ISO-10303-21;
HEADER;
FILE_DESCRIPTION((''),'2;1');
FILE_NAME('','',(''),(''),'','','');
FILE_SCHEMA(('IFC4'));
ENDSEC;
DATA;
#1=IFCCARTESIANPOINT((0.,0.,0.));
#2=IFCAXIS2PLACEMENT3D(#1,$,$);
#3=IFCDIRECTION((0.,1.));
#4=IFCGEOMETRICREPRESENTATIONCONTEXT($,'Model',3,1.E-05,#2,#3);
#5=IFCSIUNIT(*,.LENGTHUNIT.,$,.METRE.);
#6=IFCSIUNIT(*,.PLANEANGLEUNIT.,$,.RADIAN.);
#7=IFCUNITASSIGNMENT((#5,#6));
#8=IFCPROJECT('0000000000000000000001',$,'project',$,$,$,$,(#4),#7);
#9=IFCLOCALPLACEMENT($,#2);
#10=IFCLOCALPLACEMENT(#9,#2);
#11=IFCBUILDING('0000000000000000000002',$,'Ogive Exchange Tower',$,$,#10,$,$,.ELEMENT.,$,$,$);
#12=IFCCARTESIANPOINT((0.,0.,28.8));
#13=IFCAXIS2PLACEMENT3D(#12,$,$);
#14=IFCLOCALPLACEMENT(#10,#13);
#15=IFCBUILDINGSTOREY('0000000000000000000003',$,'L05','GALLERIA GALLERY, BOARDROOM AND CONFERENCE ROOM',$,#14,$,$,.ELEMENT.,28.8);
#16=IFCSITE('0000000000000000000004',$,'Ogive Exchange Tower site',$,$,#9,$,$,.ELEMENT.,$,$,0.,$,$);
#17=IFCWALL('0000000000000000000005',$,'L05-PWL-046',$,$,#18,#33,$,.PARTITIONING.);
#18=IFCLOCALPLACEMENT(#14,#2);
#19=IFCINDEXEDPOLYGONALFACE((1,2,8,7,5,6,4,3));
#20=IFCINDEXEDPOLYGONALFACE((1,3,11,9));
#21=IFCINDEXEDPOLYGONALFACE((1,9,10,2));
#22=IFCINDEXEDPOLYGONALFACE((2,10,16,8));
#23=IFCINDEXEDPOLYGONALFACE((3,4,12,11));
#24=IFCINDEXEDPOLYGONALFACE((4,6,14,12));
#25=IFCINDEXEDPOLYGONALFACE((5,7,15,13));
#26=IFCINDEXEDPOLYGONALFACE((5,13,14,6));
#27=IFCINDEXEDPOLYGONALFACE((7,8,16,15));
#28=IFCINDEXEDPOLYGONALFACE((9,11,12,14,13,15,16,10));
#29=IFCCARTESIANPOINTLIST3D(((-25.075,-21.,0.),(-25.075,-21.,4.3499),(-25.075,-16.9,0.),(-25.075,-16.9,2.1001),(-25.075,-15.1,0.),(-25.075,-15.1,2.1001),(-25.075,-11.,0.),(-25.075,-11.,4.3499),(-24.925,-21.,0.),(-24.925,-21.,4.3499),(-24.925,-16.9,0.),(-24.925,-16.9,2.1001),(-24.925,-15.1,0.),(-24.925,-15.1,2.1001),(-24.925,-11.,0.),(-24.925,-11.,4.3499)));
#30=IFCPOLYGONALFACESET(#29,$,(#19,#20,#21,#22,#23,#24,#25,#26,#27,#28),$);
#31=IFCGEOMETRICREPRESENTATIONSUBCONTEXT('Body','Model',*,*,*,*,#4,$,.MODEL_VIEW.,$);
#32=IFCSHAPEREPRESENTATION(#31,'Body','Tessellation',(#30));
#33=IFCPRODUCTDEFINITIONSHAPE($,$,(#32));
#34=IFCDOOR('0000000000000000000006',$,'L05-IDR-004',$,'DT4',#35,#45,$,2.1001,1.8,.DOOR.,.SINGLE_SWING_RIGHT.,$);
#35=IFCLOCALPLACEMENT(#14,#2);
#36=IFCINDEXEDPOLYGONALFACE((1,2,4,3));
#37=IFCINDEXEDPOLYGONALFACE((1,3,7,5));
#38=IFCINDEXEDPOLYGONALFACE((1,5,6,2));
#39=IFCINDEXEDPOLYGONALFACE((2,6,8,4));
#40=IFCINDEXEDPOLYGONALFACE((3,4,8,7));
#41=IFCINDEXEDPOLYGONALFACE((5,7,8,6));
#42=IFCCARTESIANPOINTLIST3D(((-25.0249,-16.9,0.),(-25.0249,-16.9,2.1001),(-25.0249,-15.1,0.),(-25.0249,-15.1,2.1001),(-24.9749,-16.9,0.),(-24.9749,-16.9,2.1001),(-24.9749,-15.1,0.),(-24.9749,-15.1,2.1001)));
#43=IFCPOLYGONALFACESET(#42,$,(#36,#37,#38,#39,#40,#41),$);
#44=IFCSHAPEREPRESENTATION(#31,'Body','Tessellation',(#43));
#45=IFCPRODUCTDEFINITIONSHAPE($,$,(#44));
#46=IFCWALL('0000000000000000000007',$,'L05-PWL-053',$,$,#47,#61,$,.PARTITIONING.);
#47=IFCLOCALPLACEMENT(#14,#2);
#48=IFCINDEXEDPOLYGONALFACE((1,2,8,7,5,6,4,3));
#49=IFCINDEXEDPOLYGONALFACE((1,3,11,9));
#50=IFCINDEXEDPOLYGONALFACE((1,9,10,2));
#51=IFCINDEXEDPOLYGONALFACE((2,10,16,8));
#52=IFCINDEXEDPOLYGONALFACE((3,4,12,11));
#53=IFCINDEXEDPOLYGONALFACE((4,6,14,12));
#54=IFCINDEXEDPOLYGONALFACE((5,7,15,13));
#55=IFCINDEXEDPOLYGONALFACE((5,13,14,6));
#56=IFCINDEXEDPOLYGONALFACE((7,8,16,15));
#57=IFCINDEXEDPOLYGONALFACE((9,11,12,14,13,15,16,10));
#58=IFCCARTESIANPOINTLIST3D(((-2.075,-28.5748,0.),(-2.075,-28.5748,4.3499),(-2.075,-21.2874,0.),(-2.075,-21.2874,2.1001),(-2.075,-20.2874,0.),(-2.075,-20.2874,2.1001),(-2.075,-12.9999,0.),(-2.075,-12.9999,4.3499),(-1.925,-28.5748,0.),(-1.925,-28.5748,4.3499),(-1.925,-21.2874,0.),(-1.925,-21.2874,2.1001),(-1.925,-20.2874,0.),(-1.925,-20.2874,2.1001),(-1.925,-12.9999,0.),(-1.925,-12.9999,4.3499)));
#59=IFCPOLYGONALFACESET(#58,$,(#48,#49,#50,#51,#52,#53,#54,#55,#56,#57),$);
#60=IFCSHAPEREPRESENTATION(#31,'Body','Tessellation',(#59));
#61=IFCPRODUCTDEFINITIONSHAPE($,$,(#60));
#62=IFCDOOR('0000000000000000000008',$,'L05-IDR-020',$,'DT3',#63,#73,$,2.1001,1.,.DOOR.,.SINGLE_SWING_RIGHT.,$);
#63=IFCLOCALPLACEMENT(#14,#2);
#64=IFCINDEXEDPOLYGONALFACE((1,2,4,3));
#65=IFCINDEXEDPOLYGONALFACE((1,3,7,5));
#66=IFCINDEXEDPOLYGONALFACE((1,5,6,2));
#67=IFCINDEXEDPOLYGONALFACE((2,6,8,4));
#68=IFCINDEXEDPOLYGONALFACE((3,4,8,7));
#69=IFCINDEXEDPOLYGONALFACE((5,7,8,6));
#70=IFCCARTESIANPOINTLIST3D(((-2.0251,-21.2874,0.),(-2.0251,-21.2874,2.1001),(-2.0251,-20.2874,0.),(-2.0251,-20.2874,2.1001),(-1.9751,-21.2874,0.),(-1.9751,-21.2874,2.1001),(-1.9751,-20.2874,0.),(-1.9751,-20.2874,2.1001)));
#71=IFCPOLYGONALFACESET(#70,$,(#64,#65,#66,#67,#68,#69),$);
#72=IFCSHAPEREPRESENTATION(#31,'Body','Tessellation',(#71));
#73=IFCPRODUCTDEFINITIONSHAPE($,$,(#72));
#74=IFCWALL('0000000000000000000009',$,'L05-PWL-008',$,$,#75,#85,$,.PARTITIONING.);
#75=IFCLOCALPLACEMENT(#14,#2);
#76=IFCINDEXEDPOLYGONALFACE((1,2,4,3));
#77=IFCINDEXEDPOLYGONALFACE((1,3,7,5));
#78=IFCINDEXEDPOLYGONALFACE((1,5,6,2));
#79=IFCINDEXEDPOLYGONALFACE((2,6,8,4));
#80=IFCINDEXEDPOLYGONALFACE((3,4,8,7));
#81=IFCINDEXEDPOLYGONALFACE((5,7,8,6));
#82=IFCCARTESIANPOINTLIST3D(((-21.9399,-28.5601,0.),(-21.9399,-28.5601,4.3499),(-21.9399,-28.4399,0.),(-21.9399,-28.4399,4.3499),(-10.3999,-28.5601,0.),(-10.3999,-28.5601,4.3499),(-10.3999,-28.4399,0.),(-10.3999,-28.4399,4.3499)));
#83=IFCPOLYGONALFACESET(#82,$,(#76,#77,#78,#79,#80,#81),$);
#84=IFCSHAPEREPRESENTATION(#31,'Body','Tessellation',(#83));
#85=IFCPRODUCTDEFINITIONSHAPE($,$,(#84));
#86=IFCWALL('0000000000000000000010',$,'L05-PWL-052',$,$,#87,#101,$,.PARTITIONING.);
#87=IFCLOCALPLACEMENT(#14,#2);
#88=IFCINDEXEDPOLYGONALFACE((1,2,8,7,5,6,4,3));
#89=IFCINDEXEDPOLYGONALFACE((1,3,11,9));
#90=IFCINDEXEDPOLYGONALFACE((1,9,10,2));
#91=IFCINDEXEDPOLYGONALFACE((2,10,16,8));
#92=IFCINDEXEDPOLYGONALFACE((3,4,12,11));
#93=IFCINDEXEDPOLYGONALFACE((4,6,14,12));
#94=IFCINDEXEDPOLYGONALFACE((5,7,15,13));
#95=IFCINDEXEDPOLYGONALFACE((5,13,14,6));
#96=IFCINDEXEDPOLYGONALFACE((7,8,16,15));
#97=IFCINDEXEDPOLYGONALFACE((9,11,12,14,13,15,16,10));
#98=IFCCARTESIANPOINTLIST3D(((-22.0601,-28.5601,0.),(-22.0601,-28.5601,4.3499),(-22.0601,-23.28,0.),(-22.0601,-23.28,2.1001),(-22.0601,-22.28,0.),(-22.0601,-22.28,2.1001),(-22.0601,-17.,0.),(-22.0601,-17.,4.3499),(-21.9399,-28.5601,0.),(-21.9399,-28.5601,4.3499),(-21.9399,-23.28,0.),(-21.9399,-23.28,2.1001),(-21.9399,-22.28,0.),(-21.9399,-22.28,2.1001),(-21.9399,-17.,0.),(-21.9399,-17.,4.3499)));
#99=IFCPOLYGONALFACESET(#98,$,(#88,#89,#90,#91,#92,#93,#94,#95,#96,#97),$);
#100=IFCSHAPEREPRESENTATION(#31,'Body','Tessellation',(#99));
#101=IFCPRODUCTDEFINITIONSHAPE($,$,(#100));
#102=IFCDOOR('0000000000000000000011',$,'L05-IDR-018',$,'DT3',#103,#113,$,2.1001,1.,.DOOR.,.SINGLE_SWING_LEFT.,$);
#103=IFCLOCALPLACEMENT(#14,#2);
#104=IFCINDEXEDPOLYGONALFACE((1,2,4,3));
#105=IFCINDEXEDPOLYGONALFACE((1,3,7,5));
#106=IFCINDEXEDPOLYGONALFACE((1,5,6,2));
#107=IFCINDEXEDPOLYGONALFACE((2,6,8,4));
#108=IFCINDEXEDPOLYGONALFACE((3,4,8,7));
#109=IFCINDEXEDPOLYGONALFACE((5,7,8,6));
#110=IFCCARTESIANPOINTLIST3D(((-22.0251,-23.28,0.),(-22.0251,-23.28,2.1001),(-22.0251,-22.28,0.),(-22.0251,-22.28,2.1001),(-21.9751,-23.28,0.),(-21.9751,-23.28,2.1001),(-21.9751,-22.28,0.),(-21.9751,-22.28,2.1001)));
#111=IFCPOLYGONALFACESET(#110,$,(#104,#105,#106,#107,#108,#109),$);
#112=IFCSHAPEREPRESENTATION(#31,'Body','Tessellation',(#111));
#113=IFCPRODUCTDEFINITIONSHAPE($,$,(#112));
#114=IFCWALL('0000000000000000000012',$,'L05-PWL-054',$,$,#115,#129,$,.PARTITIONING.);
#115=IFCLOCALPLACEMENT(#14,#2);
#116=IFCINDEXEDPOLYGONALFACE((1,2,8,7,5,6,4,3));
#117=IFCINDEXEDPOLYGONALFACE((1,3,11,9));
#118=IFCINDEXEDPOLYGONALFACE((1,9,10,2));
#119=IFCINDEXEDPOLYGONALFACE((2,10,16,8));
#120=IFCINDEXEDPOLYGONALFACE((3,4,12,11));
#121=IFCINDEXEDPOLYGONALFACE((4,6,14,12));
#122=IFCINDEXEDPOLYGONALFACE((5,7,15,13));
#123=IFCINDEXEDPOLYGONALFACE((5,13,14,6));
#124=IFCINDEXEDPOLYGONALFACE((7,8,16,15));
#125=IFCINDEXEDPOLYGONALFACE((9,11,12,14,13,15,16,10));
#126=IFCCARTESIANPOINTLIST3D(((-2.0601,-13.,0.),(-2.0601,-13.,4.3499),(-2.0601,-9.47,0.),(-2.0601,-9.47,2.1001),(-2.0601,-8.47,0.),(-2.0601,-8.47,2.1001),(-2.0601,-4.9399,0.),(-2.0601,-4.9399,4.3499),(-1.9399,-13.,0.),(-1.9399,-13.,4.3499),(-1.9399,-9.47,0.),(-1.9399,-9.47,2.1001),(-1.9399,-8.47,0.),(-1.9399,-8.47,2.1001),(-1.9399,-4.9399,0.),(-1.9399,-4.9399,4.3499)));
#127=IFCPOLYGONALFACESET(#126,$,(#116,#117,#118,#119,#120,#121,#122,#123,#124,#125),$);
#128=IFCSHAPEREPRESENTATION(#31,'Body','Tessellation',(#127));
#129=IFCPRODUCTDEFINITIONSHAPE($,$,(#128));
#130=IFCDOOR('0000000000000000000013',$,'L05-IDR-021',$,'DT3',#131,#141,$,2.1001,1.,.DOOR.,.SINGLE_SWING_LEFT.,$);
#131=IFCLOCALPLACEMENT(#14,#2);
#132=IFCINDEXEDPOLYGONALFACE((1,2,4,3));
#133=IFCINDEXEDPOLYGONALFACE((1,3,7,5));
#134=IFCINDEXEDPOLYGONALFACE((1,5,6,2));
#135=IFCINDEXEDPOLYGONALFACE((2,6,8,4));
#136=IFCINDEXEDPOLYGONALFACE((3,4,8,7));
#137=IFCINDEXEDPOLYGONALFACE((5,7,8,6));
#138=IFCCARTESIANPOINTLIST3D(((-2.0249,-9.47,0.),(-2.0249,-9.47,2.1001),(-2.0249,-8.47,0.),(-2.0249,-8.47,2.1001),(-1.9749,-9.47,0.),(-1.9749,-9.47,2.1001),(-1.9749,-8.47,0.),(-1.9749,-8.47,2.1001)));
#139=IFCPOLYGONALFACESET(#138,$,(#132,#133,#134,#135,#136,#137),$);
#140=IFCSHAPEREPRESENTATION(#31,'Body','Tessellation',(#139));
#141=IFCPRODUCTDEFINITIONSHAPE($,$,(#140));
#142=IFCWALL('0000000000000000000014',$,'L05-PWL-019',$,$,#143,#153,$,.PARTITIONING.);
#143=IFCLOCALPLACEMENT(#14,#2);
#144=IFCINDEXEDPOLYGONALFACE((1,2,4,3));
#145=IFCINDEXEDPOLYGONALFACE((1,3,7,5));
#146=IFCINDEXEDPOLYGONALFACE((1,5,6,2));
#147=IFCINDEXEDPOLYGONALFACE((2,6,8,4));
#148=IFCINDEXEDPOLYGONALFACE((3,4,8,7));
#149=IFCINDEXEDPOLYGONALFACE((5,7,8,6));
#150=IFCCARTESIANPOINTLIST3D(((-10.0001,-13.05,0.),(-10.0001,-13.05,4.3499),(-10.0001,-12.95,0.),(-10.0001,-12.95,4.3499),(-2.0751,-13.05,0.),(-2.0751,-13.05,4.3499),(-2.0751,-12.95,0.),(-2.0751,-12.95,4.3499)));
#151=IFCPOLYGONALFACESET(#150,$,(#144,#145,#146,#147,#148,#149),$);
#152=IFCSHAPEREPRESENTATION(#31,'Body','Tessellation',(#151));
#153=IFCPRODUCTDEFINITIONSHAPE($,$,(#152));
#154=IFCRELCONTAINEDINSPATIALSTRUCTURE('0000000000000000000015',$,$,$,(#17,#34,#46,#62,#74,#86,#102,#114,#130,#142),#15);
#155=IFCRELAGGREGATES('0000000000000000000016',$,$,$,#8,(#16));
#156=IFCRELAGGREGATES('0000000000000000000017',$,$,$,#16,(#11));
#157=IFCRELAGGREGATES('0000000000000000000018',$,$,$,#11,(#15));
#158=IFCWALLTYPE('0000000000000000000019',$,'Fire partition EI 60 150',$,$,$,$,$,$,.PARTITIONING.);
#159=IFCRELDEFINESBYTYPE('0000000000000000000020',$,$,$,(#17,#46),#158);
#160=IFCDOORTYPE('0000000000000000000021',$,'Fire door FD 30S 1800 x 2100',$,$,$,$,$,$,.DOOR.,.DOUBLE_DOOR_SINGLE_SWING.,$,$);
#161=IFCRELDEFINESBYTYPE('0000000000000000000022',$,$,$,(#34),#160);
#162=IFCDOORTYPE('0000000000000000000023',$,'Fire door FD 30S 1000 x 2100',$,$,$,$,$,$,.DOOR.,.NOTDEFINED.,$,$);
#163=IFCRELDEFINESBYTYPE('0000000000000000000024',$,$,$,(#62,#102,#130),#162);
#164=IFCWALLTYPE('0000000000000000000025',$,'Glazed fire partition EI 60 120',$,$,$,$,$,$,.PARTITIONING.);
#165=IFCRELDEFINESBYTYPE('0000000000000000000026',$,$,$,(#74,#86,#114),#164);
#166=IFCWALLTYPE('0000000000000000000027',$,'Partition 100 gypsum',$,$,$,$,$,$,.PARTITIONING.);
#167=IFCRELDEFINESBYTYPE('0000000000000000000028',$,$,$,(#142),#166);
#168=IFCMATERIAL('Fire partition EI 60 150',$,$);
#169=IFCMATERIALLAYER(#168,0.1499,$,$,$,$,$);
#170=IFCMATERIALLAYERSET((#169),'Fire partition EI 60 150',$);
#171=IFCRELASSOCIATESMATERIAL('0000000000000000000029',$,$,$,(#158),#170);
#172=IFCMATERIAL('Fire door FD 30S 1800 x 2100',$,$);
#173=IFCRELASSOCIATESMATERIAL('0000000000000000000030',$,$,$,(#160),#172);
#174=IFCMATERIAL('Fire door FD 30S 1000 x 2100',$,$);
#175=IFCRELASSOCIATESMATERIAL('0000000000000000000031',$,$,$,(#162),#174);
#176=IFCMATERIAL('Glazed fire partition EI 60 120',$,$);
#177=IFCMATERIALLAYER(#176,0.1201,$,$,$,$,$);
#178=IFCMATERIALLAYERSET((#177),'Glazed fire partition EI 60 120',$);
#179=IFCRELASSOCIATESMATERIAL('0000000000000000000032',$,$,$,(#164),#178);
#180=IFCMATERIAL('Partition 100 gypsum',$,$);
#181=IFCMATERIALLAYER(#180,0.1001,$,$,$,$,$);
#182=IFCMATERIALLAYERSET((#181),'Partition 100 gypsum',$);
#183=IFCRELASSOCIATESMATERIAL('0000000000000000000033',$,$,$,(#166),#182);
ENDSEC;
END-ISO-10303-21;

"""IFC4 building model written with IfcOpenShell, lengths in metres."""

from ifc_helpers import new_model, si_unit, direction, frame, frame_2d, origin, place, context, subcontext, project, spatial, rectangle, extrude, material, layer, layer_set, type_object, element, fill, save


model = new_model("IFC4")

# Units and contexts
model_context = context("Model", 3, precision=1e-05, world=origin(), true_north=direction((0.0, 1.0)))
body_context = subcontext(model_context, "Body", "Model", "MODEL_VIEW")
ifc_project = project(units=[si_unit("LENGTHUNIT", "METRE"), si_unit("PLANEANGLEUNIT", "RADIAN")], contexts=[model_context])

# Site, building, storey
site_placement = place(None, origin())
site = spatial("IfcSite", under=ifc_project, at=site_placement, Name="Ogive Exchange Tower site", CompositionType="ELEMENT", RefElevation=0.0)
building_placement = place(site_placement, origin())
building = spatial("IfcBuilding", under=site, at=building_placement, Name="Ogive Exchange Tower", CompositionType="ELEMENT")
storey_placement = place(building_placement, frame((0.0, 0.0, 28.8)))
storey = spatial("IfcBuildingStorey", under=building, at=storey_placement, Name="L05", Description="GALLERIA GALLERY, BOARDROOM AND CONFERENCE ROOM", CompositionType="ELEMENT", Elevation=28.8)

# Shared definitions
ifc_material_1 = material(Name="Fire partition EI 60 150")
ifc_layer_1 = layer(ifc_material_1, 0.1499)
ifc_layer_set_1 = layer_set([ifc_layer_1], Name="Fire partition EI 60 150")
wall_type_1 = type_object("IfcWallType", Name="Fire partition EI 60 150", PredefinedType="PARTITIONING", material=ifc_layer_set_1)

# Walls, openings, doors
wall_1_placement = place(storey_placement, frame((-25.0, -21.0, 0.0), z_axis=(0.0, 0.0, 1.0), x_axis=(0.0, 1.0, 0.0)))
wall_1 = element("IfcWall", 1, at=wall_1_placement, inside=storey, type_object=wall_type_1, Name="L05-PWL-046", PredefinedType="PARTITIONING", context=body_context, shape_type="SweptSolid", body=[
    extrude(rectangle(XDim=10.0, YDim=0.1499, at=frame_2d((5.0, 0.0))), origin(), (0.0, 0.0, 1.0), 4.3499),
])
opening_1_placement = place(wall_1_placement, frame((4.1001, 0.0, 0.0)))
opening_1 = element("IfcOpeningElement", 2, at=opening_1_placement, cuts=wall_1, PredefinedType="OPENING", context=body_context, shape_type="SweptSolid", body=[
    extrude(rectangle(XDim=1.8, YDim=2.1001, at=frame_2d((0.8999, 1.05))), frame((0.0, 0.085, 0.0), z_axis=(0.0, -1.0, 0.0), x_axis=(1.0, 0.0, 0.0)), (0.0, 0.0, 1.0), 0.1699),
])
ifc_material_2 = material(Name="Fire door FD 30S 1800 x 2100")
door_type_1 = type_object("IfcDoorType", Name="Fire door FD 30S 1800 x 2100", OperationType="DOUBLE_DOOR_SINGLE_SWING", PredefinedType="DOOR", material=ifc_material_2)
door_1_placement = place(opening_1_placement, origin())
door_1 = element("IfcDoor", 3, at=door_1_placement, inside=storey, type_object=door_type_1, Name="L05-IDR-004", ObjectType="DT4", OperationType="SINGLE_SWING_RIGHT", OverallHeight=2.1001, OverallWidth=1.8, PredefinedType="DOOR", context=body_context, shape_type="SweptSolid", body=[
    extrude(rectangle(XDim=1.8, YDim=2.1001, at=frame_2d((0.8999, 1.05))), frame((0.0, 0.0249, 0.0), z_axis=(0.0, -1.0, 0.0), x_axis=(1.0, 0.0, 0.0)), (0.0, 0.0, 1.0), 0.05),
])
fill(opening_1, door_1)
wall_2_placement = place(storey_placement, frame((-2.0, -28.575, 0.0), z_axis=(0.0, 0.0, 1.0), x_axis=(0.0, 1.0, 0.0)))
wall_2 = element("IfcWall", 4, at=wall_2_placement, inside=storey, type_object=wall_type_1, Name="L05-PWL-053", PredefinedType="PARTITIONING", context=body_context, shape_type="SweptSolid", body=[
    extrude(rectangle(XDim=15.575, YDim=0.1499, at=frame_2d((7.7876, 0.0))), origin(), (0.0, 0.0, 1.0), 4.3499),
])
opening_2_placement = place(wall_2_placement, frame((7.2876, 0.0, 0.0)))
opening_2 = element("IfcOpeningElement", 5, at=opening_2_placement, cuts=wall_2, PredefinedType="OPENING", context=body_context, shape_type="SweptSolid", body=[
    extrude(rectangle(XDim=1.0, YDim=2.1001, at=frame_2d((0.5, 1.05))), frame((0.0, 0.085, 0.0), z_axis=(0.0, -1.0, 0.0), x_axis=(1.0, 0.0, 0.0)), (0.0, 0.0, 1.0), 0.1699),
])
ifc_material_3 = material(Name="Fire door FD 30S 1000 x 2100")
door_type_2 = type_object("IfcDoorType", Name="Fire door FD 30S 1000 x 2100", OperationType="NOTDEFINED", PredefinedType="DOOR", material=ifc_material_3)
door_2_placement = place(opening_2_placement, frame((1.0, 0.0, 0.0), z_axis=(0.0, 0.0, 1.0), x_axis=(-1.0, 0.0, 0.0)))
door_2 = element("IfcDoor", 6, at=door_2_placement, inside=storey, type_object=door_type_2, Name="L05-IDR-020", ObjectType="DT3", OperationType="SINGLE_SWING_RIGHT", OverallHeight=2.1001, OverallWidth=1.0, PredefinedType="DOOR", context=body_context, shape_type="SweptSolid", body=[
    extrude(rectangle(XDim=1.0, YDim=2.1001, at=frame_2d((0.5, 1.05))), frame((0.0, 0.0249, 0.0), z_axis=(0.0, -1.0, 0.0), x_axis=(1.0, 0.0, 0.0)), (0.0, 0.0, 1.0), 0.05),
])
fill(opening_2, door_2)

# Wall
ifc_material_4 = material(Name="Glazed fire partition EI 60 120")
ifc_layer_2 = layer(ifc_material_4, 0.1201)
ifc_layer_set_2 = layer_set([ifc_layer_2], Name="Glazed fire partition EI 60 120")
wall_type_2 = type_object("IfcWallType", Name="Glazed fire partition EI 60 120", PredefinedType="PARTITIONING", material=ifc_layer_set_2)
wall_3_placement = place(storey_placement, frame((-21.9399, -28.5, 0.0), z_axis=(0.0, 0.0, 1.0), x_axis=(1.0, 0.0, 0.0)))
element("IfcWall", 7, at=wall_3_placement, inside=storey, type_object=wall_type_2, Name="L05-PWL-008", PredefinedType="PARTITIONING", context=body_context, shape_type="SweptSolid", body=[
    extrude(rectangle(XDim=11.54, YDim=0.1201, at=frame_2d((5.77, 0.0))), origin(), (0.0, 0.0, 1.0), 4.3499),
])

# Walls, openings, doors
wall_4_placement = place(storey_placement, frame((-22.0, -28.5601, 0.0), z_axis=(0.0, 0.0, 1.0), x_axis=(0.0, 1.0, 0.0)))
wall_4 = element("IfcWall", 8, at=wall_4_placement, inside=storey, type_object=wall_type_2, Name="L05-PWL-052", PredefinedType="PARTITIONING", context=body_context, shape_type="SweptSolid", body=[
    extrude(rectangle(XDim=11.5601, YDim=0.1201, at=frame_2d((5.78, 0.0))), origin(), (0.0, 0.0, 1.0), 4.3499),
])
opening_3_placement = place(wall_4_placement, frame((5.28, 0.0, 0.0)))
opening_3 = element("IfcOpeningElement", 9, at=opening_3_placement, cuts=wall_4, PredefinedType="OPENING", context=body_context, shape_type="SweptSolid", body=[
    extrude(rectangle(XDim=1.0, YDim=2.1001, at=frame_2d((0.5, 1.05))), frame((0.0, 0.0701, 0.0), z_axis=(0.0, -1.0, 0.0), x_axis=(1.0, 0.0, 0.0)), (0.0, 0.0, 1.0), 0.1401),
])
door_3_placement = place(opening_3_placement, frame((1.0, 0.0, 0.0), z_axis=(0.0, 0.0, 1.0), x_axis=(-1.0, 0.0, 0.0)))
door_3 = element("IfcDoor", 10, at=door_3_placement, inside=storey, type_object=door_type_2, Name="L05-IDR-018", ObjectType="DT3", OperationType="SINGLE_SWING_LEFT", OverallHeight=2.1001, OverallWidth=1.0, PredefinedType="DOOR", context=body_context, shape_type="SweptSolid", body=[
    extrude(rectangle(XDim=1.0, YDim=2.1001, at=frame_2d((0.5, 1.05))), frame((0.0, 0.0249, 0.0), z_axis=(0.0, -1.0, 0.0), x_axis=(1.0, 0.0, 0.0)), (0.0, 0.0, 1.0), 0.05),
])
fill(opening_3, door_3)
wall_5_placement = place(storey_placement, frame((-2.0, -13.0, 0.0), z_axis=(0.0, 0.0, 1.0), x_axis=(0.0, 1.0, 0.0)))
wall_5 = element("IfcWall", 11, at=wall_5_placement, inside=storey, type_object=wall_type_2, Name="L05-PWL-054", PredefinedType="PARTITIONING", context=body_context, shape_type="SweptSolid", body=[
    extrude(rectangle(XDim=8.0601, YDim=0.1201, at=frame_2d((4.03, 0.0))), origin(), (0.0, 0.0, 1.0), 4.3499),
])
opening_4_placement = place(wall_5_placement, frame((3.53, 0.0, 0.0)))
opening_4 = element("IfcOpeningElement", 12, at=opening_4_placement, cuts=wall_5, PredefinedType="OPENING", context=body_context, shape_type="SweptSolid", body=[
    extrude(rectangle(XDim=1.0, YDim=2.1001, at=frame_2d((0.5, 1.05))), frame((0.0, 0.0701, 0.0), z_axis=(0.0, -1.0, 0.0), x_axis=(1.0, 0.0, 0.0)), (0.0, 0.0, 1.0), 0.1401),
])
door_4_placement = place(opening_4_placement, origin())
door_4 = element("IfcDoor", 13, at=door_4_placement, inside=storey, type_object=door_type_2, Name="L05-IDR-021", ObjectType="DT3", OperationType="SINGLE_SWING_LEFT", OverallHeight=2.1001, OverallWidth=1.0, PredefinedType="DOOR", context=body_context, shape_type="SweptSolid", body=[
    extrude(rectangle(XDim=1.0, YDim=2.1001, at=frame_2d((0.5, 1.05))), frame((0.0, 0.0249, 0.0), z_axis=(0.0, -1.0, 0.0), x_axis=(1.0, 0.0, 0.0)), (0.0, 0.0, 1.0), 0.05),
])
fill(opening_4, door_4)

# Wall
ifc_material_5 = material(Name="Partition 100 gypsum")
ifc_layer_3 = layer(ifc_material_5, 0.1001)
ifc_layer_set_3 = layer_set([ifc_layer_3], Name="Partition 100 gypsum")
wall_type_3 = type_object("IfcWallType", Name="Partition 100 gypsum", PredefinedType="PARTITIONING", material=ifc_layer_set_3)
wall_6_placement = place(storey_placement, frame((-10.0, -13.0, 0.0), z_axis=(0.0, 0.0, 1.0), x_axis=(1.0, 0.0, 0.0)))
element("IfcWall", 14, at=wall_6_placement, inside=storey, type_object=wall_type_3, Name="L05-PWL-019", PredefinedType="PARTITIONING", context=body_context, shape_type="SweptSolid", body=[
    extrude(rectangle(XDim=7.925, YDim=0.1001, at=frame_2d((3.9624, 0.0))), origin(), (0.0, 0.0, 1.0), 4.3499),
])

save(model, "model.ifc")
